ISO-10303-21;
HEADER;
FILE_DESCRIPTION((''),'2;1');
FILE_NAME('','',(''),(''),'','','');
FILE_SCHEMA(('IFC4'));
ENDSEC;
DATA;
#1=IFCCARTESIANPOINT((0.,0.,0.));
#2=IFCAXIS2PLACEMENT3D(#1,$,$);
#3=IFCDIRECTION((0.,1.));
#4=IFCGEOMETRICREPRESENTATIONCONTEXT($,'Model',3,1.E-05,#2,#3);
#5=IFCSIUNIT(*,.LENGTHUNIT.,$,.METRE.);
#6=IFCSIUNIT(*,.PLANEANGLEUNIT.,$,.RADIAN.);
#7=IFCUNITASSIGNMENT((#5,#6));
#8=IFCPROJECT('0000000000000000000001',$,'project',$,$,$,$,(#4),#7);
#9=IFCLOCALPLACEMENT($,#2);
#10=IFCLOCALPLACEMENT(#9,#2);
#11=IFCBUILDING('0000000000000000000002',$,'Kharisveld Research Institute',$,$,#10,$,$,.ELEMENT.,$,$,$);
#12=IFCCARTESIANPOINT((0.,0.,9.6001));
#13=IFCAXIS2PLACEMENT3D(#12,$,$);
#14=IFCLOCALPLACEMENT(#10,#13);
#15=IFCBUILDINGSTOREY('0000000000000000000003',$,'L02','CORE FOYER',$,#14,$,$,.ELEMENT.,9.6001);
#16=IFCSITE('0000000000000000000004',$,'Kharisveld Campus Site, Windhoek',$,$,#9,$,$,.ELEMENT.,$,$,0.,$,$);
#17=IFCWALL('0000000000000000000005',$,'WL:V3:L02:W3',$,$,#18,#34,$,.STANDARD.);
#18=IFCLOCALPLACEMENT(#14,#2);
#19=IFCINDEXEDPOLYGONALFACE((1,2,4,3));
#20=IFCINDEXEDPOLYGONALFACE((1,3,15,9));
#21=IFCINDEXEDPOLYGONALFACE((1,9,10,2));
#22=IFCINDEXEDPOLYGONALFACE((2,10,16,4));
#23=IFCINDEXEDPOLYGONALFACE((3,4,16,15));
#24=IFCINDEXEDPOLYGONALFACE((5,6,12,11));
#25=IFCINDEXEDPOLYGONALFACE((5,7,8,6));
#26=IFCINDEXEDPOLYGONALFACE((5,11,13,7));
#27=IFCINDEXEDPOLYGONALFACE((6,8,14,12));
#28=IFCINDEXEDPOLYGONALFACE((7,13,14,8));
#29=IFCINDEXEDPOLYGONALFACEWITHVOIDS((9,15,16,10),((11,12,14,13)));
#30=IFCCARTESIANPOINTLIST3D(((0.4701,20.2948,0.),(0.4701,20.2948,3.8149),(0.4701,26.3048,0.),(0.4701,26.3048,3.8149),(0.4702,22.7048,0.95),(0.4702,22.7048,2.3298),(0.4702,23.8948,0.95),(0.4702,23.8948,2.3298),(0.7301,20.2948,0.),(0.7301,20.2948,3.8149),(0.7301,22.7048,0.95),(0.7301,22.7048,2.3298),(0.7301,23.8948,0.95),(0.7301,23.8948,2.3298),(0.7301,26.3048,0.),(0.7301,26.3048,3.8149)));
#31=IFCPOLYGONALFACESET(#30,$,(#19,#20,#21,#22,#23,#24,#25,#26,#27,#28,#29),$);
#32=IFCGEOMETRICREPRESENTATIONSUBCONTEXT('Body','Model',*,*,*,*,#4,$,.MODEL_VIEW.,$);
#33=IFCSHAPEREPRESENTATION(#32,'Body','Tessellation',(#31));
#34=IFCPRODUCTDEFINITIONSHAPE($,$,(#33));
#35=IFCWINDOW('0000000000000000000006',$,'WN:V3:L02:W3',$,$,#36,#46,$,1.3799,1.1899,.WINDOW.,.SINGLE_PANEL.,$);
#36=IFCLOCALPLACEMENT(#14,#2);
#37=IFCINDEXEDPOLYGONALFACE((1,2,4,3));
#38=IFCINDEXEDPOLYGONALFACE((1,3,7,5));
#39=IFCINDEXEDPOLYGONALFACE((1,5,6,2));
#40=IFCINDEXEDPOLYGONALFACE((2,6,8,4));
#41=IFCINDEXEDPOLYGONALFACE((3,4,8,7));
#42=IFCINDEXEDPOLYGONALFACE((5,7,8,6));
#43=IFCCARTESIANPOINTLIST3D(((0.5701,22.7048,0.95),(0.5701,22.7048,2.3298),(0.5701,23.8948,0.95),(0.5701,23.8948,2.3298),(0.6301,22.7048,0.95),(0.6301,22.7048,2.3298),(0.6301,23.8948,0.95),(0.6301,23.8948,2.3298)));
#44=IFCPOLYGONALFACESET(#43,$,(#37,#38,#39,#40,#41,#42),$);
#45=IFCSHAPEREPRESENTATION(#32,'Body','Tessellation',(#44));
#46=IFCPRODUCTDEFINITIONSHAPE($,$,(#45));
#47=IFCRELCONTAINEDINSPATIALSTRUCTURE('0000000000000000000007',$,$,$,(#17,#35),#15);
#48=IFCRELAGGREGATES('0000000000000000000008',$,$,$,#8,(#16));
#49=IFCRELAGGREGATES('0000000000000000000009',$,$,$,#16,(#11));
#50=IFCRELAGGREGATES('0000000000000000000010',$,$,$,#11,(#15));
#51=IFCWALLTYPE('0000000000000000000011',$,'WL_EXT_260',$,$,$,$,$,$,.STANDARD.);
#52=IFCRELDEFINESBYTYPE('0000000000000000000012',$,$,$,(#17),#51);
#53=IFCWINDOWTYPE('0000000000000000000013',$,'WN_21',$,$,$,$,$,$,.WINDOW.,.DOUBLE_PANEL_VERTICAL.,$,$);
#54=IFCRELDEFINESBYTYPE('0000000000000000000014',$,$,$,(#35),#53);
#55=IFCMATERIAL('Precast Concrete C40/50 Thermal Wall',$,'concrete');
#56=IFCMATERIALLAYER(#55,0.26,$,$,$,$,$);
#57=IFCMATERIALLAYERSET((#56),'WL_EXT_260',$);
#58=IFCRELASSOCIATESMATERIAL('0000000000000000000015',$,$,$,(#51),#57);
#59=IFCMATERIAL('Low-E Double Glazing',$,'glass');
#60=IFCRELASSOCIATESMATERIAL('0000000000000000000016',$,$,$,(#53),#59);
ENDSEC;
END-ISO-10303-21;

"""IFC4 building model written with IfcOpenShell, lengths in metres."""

from ifc_helpers import new_model, si_unit, direction, frame, frame_2d, origin, place, context, subcontext, project, spatial, rectangle, extrude, material, layer, layer_set, type_object, element, fill, save


model = new_model("IFC4")

# Units and contexts
model_context = context("Model", 3, precision=1e-05, world=origin(), true_north=direction((0.0, 1.0)))
body_context = subcontext(model_context, "Body", "Model", "MODEL_VIEW")
ifc_project = project(units=[si_unit("LENGTHUNIT", "METRE"), si_unit("PLANEANGLEUNIT", "RADIAN")], contexts=[model_context])

# Site, building, storey
site_placement = place(None, origin())
site = spatial("IfcSite", under=ifc_project, at=site_placement, Name="Kharisveld Campus Site, Windhoek", CompositionType="ELEMENT", RefElevation=0.0)
building_placement = place(site_placement, origin())
building = spatial("IfcBuilding", under=site, at=building_placement, Name="Kharisveld Research Institute", CompositionType="ELEMENT")
storey_placement = place(building_placement, frame((0.0, 0.0, 9.6001)))
storey = spatial("IfcBuildingStorey", under=building, at=storey_placement, Name="L02", Description="CORE FOYER", CompositionType="ELEMENT", Elevation=9.6001)

# Wall, opening, window
ifc_material_1 = material(Name="Precast Concrete C40/50 Thermal Wall", Category="concrete")
ifc_layer_1 = layer(ifc_material_1, 0.26)
ifc_layer_set_1 = layer_set([ifc_layer_1], Name="WL_EXT_260")
wall_type_1 = type_object("IfcWallType", Name="WL_EXT_260", PredefinedType="STANDARD", material=ifc_layer_set_1)
wall_1_placement = place(storey_placement, frame((0.6001, 20.2949, 0.0), z_axis=(0.0, 0.0, 1.0), x_axis=(0.0, 1.0, 0.0)))
wall_1 = element("IfcWall", 1, at=wall_1_placement, inside=storey, type_object=wall_type_1, Name="WL:V3:L02:W3", PredefinedType="STANDARD", context=body_context, shape_type="SweptSolid", body=[
    extrude(rectangle(XDim=6.01, YDim=0.26, at=frame_2d((3.0049, 0.0))), origin(), (0.0, 0.0, 1.0), 3.8149),
])
opening_1_placement = place(wall_1_placement, frame((2.4099, 0.0, 0.95)))
opening_1 = element("IfcOpeningElement", 2, at=opening_1_placement, cuts=wall_1, PredefinedType="OPENING", context=body_context, shape_type="SweptSolid", body=[
    extrude(rectangle(XDim=1.1899, YDim=1.3799, at=frame_2d((0.595, 0.6899))), frame((0.0, 0.1299, 0.0), z_axis=(0.0, -1.0, 0.0), x_axis=(1.0, 0.0, 0.0)), (0.0, 0.0, 1.0), 0.26),
])
ifc_material_2 = material(Name="Low-E Double Glazing", Category="glass")
window_type_1 = type_object("IfcWindowType", Name="WN_21", PartitioningType="DOUBLE_PANEL_VERTICAL", PredefinedType="WINDOW", material=ifc_material_2)
window_1_placement = place(opening_1_placement, origin())
window_1 = element("IfcWindow", 3, at=window_1_placement, inside=storey, type_object=window_type_1, Name="WN:V3:L02:W3", OverallHeight=1.3799, OverallWidth=1.1899, PartitioningType="SINGLE_PANEL", PredefinedType="WINDOW", context=body_context, shape_type="SweptSolid", body=[
    extrude(rectangle(XDim=1.1899, YDim=1.3799, at=frame_2d((0.595, 0.6899))), frame((0.0, 0.03, 0.0), z_axis=(0.0, -1.0, 0.0), x_axis=(1.0, 0.0, 0.0)), (0.0, 0.0, 1.0), 0.0601),
])
fill(opening_1, window_1)

save(model, "model.ifc")
